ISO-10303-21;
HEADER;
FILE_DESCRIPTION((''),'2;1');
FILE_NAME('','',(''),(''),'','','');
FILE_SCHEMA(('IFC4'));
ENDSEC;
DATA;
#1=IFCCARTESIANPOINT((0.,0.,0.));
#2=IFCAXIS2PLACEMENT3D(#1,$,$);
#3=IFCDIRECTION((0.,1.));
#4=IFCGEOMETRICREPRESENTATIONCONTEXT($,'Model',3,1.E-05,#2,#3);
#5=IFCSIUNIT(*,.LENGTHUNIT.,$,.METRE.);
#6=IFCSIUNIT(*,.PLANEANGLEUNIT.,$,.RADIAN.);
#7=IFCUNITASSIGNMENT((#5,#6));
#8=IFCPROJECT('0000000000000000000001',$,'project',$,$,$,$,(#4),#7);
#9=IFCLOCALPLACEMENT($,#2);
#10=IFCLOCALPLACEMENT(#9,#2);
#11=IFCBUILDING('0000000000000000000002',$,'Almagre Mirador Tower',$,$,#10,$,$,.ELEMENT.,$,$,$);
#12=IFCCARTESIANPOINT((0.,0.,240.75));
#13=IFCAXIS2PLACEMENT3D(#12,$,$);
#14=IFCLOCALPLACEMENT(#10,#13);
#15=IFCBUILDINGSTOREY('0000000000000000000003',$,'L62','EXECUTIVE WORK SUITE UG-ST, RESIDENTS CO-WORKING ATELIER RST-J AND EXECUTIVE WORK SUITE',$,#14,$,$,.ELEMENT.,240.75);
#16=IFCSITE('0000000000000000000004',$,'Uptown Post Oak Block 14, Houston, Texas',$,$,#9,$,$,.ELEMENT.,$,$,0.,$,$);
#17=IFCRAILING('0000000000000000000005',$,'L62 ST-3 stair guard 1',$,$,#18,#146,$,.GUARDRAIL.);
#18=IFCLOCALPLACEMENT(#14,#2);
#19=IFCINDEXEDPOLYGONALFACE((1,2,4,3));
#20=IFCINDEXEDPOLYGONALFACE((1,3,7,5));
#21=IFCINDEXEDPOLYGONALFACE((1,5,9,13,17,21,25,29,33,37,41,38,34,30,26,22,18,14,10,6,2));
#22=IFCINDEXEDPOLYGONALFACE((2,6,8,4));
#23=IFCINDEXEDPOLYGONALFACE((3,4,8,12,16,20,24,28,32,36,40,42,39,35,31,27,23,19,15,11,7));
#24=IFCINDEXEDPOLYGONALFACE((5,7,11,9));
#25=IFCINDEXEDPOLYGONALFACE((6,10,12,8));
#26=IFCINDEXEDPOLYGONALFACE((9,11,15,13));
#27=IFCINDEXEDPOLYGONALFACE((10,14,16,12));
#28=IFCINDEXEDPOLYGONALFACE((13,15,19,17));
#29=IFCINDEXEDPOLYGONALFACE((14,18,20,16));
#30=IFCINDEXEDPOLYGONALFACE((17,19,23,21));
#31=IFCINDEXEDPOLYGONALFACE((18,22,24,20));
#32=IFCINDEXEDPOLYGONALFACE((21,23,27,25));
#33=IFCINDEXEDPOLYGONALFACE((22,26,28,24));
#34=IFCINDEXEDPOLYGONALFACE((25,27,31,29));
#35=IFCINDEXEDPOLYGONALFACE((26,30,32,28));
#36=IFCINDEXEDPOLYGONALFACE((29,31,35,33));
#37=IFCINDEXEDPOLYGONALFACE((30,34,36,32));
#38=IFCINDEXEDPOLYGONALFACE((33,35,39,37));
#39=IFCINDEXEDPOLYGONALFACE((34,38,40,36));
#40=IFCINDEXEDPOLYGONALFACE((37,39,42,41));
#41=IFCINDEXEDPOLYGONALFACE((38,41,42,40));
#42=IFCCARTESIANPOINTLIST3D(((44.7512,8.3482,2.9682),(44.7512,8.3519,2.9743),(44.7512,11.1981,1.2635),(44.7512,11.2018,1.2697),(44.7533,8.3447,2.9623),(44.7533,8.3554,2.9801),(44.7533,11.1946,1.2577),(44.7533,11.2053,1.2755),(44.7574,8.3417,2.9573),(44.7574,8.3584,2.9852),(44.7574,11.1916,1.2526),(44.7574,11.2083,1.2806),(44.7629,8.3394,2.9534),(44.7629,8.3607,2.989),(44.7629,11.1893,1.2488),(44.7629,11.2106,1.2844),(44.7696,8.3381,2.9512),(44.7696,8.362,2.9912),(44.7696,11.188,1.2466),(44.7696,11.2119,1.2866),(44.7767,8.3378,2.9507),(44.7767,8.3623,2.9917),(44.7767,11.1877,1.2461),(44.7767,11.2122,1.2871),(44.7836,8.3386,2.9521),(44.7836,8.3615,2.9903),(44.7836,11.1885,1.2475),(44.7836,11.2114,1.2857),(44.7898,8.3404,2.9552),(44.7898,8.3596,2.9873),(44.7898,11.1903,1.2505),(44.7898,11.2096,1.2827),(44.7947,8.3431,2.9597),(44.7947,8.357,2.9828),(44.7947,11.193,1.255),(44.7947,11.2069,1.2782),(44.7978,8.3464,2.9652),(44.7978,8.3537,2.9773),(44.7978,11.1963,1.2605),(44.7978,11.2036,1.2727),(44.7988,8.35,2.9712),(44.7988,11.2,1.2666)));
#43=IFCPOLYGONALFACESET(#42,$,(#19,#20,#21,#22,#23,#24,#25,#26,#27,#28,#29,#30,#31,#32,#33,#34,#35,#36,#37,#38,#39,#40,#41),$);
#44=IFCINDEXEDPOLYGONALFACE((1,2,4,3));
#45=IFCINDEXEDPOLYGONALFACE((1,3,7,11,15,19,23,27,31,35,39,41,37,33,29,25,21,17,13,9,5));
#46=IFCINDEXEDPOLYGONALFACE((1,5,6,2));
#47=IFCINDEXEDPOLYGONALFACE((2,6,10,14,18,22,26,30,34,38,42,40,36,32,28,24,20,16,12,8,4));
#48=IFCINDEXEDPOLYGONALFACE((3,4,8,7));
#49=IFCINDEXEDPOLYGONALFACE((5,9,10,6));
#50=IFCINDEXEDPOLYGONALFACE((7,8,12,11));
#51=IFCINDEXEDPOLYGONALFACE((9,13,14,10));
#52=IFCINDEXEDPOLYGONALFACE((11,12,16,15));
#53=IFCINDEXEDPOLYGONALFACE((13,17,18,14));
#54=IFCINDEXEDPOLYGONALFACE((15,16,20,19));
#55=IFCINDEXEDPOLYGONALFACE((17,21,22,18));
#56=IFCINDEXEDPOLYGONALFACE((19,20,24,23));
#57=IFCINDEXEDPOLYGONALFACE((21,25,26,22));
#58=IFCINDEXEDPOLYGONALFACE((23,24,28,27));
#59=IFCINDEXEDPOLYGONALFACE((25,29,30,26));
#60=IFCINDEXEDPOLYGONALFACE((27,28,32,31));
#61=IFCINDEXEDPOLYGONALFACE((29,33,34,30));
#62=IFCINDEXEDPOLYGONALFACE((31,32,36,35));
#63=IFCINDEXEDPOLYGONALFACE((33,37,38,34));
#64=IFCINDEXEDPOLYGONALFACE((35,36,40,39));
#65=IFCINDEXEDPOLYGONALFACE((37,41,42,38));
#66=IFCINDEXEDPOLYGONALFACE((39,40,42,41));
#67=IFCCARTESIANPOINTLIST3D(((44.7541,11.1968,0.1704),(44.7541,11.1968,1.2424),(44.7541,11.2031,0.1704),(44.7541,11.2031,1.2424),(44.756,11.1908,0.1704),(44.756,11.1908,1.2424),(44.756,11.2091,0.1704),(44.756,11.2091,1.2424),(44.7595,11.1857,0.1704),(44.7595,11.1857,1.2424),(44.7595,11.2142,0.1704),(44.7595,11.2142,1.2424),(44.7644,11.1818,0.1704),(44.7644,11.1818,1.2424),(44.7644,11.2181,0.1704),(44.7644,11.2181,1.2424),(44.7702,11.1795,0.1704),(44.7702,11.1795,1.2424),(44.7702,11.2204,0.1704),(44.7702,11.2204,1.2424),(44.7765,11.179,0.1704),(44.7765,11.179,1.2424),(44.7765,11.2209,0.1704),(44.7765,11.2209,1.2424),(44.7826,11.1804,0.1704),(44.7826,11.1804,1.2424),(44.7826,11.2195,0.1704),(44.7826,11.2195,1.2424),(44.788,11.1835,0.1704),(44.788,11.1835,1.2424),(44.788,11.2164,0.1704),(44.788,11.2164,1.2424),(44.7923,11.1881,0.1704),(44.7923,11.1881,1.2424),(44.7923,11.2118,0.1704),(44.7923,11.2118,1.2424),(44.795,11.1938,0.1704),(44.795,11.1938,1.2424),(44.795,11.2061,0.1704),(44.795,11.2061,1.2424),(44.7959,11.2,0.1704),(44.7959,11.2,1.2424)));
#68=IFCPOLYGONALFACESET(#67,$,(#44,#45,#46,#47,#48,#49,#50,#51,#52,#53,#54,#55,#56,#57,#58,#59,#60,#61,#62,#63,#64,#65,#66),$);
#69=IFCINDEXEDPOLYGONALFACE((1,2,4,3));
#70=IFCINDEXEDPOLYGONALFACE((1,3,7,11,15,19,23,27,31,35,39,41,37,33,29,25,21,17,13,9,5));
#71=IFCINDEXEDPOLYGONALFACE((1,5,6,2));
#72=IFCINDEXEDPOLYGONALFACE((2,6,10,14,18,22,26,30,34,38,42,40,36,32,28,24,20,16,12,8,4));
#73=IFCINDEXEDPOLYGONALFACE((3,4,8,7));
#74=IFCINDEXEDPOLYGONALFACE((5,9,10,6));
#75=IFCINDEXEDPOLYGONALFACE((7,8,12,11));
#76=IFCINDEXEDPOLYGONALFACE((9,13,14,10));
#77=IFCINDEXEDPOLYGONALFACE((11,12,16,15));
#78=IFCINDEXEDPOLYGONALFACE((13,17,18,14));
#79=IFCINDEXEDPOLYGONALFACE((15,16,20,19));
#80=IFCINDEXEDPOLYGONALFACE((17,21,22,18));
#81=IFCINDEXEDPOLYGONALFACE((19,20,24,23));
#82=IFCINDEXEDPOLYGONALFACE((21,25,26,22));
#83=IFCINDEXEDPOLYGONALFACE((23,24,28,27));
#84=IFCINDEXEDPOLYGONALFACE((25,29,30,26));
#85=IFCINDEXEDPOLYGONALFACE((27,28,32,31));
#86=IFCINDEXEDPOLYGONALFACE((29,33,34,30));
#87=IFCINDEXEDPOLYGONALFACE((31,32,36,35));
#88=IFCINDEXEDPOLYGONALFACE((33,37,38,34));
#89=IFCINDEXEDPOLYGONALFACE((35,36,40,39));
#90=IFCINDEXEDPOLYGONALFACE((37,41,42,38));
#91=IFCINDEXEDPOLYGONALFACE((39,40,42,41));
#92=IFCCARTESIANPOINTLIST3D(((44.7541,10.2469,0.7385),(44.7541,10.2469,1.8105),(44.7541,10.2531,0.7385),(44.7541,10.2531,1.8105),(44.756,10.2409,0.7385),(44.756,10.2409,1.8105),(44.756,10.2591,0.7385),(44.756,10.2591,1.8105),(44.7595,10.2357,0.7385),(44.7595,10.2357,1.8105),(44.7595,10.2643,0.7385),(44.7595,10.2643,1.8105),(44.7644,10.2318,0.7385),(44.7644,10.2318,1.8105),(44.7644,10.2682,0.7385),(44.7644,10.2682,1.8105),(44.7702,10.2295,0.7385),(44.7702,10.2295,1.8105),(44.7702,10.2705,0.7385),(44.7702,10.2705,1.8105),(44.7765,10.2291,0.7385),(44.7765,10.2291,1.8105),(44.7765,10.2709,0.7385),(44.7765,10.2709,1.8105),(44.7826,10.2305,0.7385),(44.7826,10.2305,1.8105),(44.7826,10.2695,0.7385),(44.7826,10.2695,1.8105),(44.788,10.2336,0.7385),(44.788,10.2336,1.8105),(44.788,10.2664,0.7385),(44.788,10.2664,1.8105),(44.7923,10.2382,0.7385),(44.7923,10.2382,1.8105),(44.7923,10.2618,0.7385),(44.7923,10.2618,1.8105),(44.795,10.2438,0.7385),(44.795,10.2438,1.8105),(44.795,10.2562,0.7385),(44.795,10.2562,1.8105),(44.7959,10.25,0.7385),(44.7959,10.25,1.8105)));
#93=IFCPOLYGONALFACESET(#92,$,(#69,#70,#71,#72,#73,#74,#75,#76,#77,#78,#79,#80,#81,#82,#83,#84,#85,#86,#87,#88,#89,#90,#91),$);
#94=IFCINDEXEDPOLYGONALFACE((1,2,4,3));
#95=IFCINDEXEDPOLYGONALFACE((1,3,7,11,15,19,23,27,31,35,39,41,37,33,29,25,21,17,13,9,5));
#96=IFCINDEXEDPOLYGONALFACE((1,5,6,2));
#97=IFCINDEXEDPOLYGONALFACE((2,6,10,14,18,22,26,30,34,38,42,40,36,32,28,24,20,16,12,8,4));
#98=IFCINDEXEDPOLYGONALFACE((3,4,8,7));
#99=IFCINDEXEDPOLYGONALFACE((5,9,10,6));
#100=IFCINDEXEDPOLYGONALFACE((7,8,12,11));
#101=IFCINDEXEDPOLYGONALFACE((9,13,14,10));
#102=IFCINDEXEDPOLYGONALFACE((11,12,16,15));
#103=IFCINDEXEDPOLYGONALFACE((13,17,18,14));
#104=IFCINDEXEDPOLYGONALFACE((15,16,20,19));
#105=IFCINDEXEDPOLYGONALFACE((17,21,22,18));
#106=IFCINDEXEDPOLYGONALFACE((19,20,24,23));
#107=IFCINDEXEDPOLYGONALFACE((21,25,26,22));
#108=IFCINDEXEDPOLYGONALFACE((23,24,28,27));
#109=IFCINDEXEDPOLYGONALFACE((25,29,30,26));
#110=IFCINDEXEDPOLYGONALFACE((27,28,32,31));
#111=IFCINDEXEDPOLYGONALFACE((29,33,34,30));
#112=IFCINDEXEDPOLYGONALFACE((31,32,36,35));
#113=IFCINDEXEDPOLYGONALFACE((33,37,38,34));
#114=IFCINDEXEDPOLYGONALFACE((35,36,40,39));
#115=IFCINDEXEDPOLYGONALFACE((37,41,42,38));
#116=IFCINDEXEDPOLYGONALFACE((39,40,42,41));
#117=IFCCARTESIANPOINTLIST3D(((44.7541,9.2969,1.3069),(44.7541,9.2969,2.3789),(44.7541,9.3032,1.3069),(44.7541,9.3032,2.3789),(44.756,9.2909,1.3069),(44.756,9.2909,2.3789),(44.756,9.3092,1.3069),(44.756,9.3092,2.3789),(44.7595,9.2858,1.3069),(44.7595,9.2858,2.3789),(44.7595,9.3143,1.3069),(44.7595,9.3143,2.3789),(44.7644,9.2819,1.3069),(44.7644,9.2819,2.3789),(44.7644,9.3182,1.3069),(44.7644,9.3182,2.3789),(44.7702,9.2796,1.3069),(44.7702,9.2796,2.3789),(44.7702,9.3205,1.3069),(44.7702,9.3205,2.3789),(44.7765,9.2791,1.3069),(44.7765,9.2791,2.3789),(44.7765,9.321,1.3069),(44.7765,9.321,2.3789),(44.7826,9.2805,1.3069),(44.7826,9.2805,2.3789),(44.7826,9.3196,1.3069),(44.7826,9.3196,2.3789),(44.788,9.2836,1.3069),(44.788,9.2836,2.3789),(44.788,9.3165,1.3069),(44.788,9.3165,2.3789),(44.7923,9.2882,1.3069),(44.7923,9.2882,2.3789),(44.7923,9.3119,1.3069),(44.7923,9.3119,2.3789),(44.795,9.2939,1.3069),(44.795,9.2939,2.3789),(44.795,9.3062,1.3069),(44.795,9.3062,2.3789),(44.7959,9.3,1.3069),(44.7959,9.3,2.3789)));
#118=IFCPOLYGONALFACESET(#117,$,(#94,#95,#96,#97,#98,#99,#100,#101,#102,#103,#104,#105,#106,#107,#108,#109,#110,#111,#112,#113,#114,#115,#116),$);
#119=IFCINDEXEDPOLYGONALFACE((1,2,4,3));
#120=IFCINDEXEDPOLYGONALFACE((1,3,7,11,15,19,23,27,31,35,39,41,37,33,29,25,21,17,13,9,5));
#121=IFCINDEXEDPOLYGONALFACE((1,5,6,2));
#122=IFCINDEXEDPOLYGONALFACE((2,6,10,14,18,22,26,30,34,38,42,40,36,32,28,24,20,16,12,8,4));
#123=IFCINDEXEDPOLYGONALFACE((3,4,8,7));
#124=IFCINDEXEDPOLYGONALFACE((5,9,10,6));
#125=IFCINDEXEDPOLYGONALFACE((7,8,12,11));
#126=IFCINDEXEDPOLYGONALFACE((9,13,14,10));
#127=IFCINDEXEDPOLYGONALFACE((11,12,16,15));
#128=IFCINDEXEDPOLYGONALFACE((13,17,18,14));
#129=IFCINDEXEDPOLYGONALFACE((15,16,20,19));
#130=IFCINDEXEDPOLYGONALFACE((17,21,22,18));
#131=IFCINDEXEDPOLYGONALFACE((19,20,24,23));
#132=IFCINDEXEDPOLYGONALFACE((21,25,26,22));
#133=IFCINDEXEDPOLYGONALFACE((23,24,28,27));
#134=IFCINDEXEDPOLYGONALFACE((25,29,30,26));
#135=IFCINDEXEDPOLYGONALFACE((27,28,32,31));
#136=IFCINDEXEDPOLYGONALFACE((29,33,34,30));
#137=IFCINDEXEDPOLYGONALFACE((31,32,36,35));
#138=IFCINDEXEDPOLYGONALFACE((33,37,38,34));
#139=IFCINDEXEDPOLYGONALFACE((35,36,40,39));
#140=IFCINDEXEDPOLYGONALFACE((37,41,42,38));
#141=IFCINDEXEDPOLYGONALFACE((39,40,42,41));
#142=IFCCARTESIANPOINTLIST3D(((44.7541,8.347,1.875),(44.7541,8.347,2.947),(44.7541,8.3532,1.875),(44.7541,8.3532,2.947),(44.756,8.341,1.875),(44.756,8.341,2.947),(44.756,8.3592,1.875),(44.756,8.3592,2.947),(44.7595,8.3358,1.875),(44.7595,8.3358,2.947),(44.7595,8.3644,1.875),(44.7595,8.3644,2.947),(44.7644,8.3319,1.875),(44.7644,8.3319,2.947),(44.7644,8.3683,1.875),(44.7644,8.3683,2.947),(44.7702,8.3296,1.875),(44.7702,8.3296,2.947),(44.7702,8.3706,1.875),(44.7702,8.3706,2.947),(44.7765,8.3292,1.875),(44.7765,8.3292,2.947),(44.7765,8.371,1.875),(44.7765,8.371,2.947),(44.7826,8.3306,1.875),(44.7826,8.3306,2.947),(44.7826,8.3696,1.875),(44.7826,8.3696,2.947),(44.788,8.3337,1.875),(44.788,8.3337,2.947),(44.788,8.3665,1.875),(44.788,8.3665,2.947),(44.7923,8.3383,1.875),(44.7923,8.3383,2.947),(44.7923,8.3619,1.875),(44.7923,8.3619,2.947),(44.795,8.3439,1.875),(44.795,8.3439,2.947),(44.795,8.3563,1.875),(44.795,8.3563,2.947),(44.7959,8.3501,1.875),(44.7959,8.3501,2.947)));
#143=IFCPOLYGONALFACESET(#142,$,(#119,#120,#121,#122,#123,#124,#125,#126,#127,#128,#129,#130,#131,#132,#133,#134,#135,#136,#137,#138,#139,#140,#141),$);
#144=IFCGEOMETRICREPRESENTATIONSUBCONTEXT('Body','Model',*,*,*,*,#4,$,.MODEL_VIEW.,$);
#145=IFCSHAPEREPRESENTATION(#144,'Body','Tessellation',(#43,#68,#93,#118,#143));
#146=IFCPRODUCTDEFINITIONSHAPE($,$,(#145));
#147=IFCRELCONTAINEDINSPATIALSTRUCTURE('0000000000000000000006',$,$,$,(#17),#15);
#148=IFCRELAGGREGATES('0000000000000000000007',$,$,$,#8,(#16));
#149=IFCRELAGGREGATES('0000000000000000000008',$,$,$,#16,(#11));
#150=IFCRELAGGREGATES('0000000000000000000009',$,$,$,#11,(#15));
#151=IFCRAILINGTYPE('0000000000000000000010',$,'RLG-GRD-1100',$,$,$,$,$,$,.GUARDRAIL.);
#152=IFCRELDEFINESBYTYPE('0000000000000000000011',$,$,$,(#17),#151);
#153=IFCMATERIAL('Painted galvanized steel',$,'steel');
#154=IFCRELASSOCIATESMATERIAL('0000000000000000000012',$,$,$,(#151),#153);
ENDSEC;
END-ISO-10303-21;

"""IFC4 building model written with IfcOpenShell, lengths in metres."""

from ifc_helpers import new_model, si_unit, direction, frame, origin, origin_2d, place, context, subcontext, project, spatial, circle, extrude, material, type_object, element, save


model = new_model("IFC4")

# Units and contexts
model_context = context("Model", 3, precision=1e-05, world=origin(), true_north=direction((0.0, 1.0)))
body_context = subcontext(model_context, "Body", "Model", "MODEL_VIEW")
ifc_project = project(units=[si_unit("LENGTHUNIT", "METRE"), si_unit("PLANEANGLEUNIT", "RADIAN")], contexts=[model_context])

# Site, building, storey
site_placement = place(None, origin())
site = spatial("IfcSite", under=ifc_project, at=site_placement, Name="Uptown Post Oak Block 14, Houston, Texas", CompositionType="ELEMENT", RefElevation=0.0)
building_placement = place(site_placement, origin())
building = spatial("IfcBuilding", under=site, at=building_placement, Name="Almagre Mirador Tower", CompositionType="ELEMENT")
storey_placement = place(building_placement, frame((0.0, 0.0, 240.75)))
storey = spatial("IfcBuildingStorey", under=building, at=storey_placement, Name="L62", Description="EXECUTIVE WORK SUITE UG-ST, RESIDENTS CO-WORKING ATELIER RST-J AND EXECUTIVE WORK SUITE", CompositionType="ELEMENT", Elevation=240.75)

# Railing
ifc_material_1 = material(Name="Painted galvanized steel", Category="steel")
railing_type_1 = type_object("IfcRailingType", Name="RLG-GRD-1100", PredefinedType="GUARDRAIL", material=ifc_material_1)
railing_1_placement = place(storey_placement, frame((44.7749, 11.2, 0.1704)))
element("IfcRailing", 1, at=railing_1_placement, inside=storey, type_object=railing_type_1, Name="L62 ST-3 stair guard 1", PredefinedType="GUARDRAIL", context=body_context, shape_type="SweptSolid", body=[
    extrude(circle(Radius=0.0239, at=origin_2d()), frame((0.0, 0.0, 1.0962), z_axis=(0.0, -0.858199, 0.513317), x_axis=(1.0, 0.0, 0.0)), (0.0, 0.0, 1.0), 3.3208),
    extrude(circle(Radius=0.021, at=origin_2d()), origin(), (0.0, 0.0, 1.0), 1.072),
    extrude(circle(Radius=0.021, at=origin_2d()), frame((0.0, -0.95, 0.5681)), (0.0, 0.0, 1.0), 1.072),
    extrude(circle(Radius=0.021, at=origin_2d()), frame((0.0, -1.8999, 1.1365)), (0.0, 0.0, 1.0), 1.072),
    extrude(circle(Radius=0.021, at=origin_2d()), frame((0.0, -2.8499, 1.7046)), (0.0, 0.0, 1.0), 1.072),
])

save(model, "model.ifc")
